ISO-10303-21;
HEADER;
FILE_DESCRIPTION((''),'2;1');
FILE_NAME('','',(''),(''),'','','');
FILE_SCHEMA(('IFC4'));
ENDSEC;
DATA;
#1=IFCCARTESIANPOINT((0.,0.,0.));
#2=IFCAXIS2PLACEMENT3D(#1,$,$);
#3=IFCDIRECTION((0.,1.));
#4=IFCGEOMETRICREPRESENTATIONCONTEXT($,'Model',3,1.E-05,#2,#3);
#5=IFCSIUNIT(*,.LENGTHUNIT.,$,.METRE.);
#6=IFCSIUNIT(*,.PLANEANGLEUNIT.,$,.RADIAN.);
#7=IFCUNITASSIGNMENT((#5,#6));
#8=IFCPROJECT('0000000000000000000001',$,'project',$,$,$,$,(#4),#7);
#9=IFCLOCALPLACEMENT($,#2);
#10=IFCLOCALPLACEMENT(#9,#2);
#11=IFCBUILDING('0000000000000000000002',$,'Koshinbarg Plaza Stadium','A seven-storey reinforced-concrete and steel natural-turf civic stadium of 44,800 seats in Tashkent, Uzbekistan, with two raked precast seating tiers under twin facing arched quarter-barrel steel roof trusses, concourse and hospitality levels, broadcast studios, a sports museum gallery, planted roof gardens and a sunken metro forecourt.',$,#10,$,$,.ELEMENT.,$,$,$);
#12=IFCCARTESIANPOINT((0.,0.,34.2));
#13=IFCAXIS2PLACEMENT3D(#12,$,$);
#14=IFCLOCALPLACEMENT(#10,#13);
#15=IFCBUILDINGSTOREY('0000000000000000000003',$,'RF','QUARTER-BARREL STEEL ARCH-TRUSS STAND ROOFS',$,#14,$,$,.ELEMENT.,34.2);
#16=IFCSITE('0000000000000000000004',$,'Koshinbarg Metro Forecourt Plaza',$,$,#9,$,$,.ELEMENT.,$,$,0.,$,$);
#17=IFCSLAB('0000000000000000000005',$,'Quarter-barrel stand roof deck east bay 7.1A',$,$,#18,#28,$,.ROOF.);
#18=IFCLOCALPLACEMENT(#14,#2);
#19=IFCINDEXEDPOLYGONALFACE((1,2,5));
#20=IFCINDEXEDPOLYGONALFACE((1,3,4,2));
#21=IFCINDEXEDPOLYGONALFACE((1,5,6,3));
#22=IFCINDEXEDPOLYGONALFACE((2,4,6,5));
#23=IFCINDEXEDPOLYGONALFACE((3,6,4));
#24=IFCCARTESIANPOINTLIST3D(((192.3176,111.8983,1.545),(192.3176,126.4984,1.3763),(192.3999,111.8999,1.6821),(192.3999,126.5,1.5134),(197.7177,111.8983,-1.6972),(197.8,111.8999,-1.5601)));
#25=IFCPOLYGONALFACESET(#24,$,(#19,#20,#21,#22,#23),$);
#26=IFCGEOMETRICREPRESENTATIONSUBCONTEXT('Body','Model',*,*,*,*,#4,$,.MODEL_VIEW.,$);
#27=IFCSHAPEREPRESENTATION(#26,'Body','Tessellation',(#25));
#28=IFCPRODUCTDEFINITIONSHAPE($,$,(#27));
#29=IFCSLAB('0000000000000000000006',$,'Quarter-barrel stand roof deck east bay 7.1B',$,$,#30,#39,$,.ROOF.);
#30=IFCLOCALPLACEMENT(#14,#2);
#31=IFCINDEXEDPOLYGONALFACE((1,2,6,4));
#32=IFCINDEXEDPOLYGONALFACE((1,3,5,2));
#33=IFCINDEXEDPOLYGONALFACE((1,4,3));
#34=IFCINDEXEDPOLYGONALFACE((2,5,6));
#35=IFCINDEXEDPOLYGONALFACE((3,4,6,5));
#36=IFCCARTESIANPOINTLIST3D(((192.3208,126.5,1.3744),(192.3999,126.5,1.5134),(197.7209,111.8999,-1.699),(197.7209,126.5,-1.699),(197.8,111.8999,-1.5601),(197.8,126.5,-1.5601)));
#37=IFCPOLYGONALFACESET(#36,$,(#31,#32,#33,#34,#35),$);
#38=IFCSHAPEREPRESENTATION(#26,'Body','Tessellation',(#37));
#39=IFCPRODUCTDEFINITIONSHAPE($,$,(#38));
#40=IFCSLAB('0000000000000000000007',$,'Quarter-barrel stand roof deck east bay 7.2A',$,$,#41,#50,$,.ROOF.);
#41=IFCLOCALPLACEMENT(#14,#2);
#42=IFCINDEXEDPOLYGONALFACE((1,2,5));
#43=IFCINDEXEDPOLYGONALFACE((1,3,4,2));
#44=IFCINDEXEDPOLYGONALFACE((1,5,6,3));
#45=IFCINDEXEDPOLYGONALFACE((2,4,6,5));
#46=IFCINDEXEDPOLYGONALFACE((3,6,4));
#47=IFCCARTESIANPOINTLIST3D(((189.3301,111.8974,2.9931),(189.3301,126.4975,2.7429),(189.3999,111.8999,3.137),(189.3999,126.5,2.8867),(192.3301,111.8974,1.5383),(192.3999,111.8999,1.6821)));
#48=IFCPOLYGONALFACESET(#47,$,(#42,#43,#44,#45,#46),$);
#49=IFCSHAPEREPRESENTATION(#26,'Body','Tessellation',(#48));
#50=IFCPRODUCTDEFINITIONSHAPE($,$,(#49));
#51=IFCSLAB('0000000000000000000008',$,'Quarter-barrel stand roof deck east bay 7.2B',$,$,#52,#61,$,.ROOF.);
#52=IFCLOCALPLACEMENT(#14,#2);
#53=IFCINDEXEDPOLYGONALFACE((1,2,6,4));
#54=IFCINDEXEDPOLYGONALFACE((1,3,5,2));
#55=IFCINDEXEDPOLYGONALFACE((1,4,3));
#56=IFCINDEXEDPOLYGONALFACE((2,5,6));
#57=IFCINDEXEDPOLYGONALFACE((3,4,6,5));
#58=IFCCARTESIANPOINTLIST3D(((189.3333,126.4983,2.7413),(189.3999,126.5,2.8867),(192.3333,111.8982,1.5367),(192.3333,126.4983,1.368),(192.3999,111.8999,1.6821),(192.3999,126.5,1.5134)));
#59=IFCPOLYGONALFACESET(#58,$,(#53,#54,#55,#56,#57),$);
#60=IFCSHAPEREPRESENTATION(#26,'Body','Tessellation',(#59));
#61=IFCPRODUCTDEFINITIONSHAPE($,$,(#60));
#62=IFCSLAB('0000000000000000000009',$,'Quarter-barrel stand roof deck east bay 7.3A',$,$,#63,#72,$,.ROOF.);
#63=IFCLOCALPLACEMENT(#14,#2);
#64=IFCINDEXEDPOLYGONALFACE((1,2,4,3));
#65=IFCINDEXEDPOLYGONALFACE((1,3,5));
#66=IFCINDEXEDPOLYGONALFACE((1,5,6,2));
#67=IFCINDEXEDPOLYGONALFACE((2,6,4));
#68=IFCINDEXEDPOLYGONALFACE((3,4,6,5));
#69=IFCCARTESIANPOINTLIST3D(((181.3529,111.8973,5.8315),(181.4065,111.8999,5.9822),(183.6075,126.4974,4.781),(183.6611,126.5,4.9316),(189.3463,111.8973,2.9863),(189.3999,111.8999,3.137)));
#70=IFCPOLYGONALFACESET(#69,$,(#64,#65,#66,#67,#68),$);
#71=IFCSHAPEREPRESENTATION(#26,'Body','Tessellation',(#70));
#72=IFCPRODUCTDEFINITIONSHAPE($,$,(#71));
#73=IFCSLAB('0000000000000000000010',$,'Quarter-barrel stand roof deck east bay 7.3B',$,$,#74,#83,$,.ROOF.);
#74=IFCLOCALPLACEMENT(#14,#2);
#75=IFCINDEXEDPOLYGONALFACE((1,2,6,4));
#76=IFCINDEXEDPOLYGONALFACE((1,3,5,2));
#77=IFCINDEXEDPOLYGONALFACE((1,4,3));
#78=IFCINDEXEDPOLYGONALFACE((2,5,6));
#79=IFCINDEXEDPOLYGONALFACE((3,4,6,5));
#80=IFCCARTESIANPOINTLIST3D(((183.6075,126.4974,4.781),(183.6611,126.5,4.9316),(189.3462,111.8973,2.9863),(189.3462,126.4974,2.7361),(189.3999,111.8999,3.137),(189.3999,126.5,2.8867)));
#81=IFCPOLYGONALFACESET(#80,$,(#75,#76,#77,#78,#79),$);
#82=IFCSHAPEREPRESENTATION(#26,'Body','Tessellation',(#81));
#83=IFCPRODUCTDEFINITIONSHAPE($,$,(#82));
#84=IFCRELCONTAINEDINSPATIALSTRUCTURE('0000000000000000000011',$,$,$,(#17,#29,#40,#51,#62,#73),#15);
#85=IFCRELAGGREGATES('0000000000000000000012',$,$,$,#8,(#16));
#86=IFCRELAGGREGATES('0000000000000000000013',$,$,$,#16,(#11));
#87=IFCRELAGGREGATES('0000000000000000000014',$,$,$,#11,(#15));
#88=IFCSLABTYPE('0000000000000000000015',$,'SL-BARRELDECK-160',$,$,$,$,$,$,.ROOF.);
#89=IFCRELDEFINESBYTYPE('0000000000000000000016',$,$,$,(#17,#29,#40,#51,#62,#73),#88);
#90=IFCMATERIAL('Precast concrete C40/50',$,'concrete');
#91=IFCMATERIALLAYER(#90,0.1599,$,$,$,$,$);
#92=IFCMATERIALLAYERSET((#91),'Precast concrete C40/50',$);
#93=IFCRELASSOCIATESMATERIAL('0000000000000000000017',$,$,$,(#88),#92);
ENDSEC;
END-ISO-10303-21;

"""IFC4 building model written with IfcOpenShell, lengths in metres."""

from ifc_helpers import new_model, si_unit, direction, frame, origin, place, context, subcontext, project, spatial, polyline, outline, extrude, material, layer, layer_set, type_object, element, save


model = new_model("IFC4")

# Units and contexts
model_context = context("Model", 3, precision=1e-05, world=origin(), true_north=direction((0.0, 1.0)))
body_context = subcontext(model_context, "Body", "Model", "MODEL_VIEW")
ifc_project = project(units=[si_unit("LENGTHUNIT", "METRE"), si_unit("PLANEANGLEUNIT", "RADIAN")], contexts=[model_context])

# Site, building, storey
site_placement = place(None, origin())
site = spatial("IfcSite", under=ifc_project, at=site_placement, Name="Koshinbarg Metro Forecourt Plaza", CompositionType="ELEMENT", RefElevation=0.0)
building_placement = place(site_placement, origin())
building = spatial("IfcBuilding", under=site, at=building_placement, Name="Koshinbarg Plaza Stadium", Description="A seven-storey reinforced-concrete and steel natural-turf civic stadium of 44,800 seats in Tashkent, Uzbekistan, with two raked precast seating tiers under twin facing arched quarter-barrel steel roof trusses, concourse and hospitality levels, broadcast studios, a sports museum gallery, planted roof gardens and a sunken metro forecourt.", CompositionType="ELEMENT")
storey_placement = place(building_placement, frame((0.0, 0.0, 34.2)))
storey = spatial("IfcBuildingStorey", under=building, at=storey_placement, Name="RF", Description="QUARTER-BARREL STEEL ARCH-TRUSS STAND ROOFS", CompositionType="ELEMENT", Elevation=34.2)

# Slabs
ifc_material_1 = material(Name="Precast concrete C40/50", Category="concrete")
ifc_layer_1 = layer(ifc_material_1, 0.1599)
ifc_layer_set_1 = layer_set([ifc_layer_1], Name="Precast concrete C40/50")
slab_type = type_object("IfcSlabType", Name="SL-BARRELDECK-160", PredefinedType="ROOF", material=ifc_layer_set_1)
slab_1_placement = place(storey_placement, frame((197.8, 111.8999, -1.5601), z_axis=(0.514716, 0.009906, 0.857304), x_axis=(-0.857346, 0.0, 0.514741)))
element("IfcSlab", 1, at=slab_1_placement, inside=storey, type_object=slab_type, Name="Quarter-barrel stand roof deck east bay 7.1A", PredefinedType="ROOF", context=body_context, shape_type="SweptSolid", body=[
    extrude(outline(polyline([(0.0, 0.0), (6.2987, 0.0), (6.2118, -14.6008), (0.0, 0.0)])), origin(), (0.0, 0.0, -1.0), 0.1599),
])
slab_2_placement = place(storey_placement, frame((197.8, 111.8999, -1.5601), z_axis=(0.494645, 0.0, 0.869095), x_axis=(-0.340332, 0.920138, 0.1937)))
element("IfcSlab", 2, at=slab_2_placement, inside=storey, type_object=slab_type, Name="Quarter-barrel stand roof deck east bay 7.1B", PredefinedType="ROOF", context=body_context, shape_type="SweptSolid", body=[
    extrude(outline(polyline([(0.0, 0.0), (15.8673, 0.0), (13.4341, -5.7173), (0.0, 0.0)])), origin(), (0.0, 0.0, -1.0), 0.1599),
])
slab_3_placement = place(storey_placement, frame((192.3999, 111.8999, 1.6821), z_axis=(0.436292, 0.01542, 0.899673), x_axis=(-0.89978, 0.0, 0.436344)))
element("IfcSlab", 3, at=slab_3_placement, inside=storey, type_object=slab_type, Name="Quarter-barrel stand roof deck east bay 7.2A", PredefinedType="ROOF", context=body_context, shape_type="SweptSolid", body=[
    extrude(outline(polyline([(0.0, 0.0), (3.3341, 0.0), (3.225, -14.6018), (0.0, 0.0)])), origin(), (0.0, 0.0, -1.0), 0.1599),
])
slab_4_placement = place(storey_placement, frame((192.3999, 111.8999, 1.6821), z_axis=(0.416204, 0.010506, 0.909211), x_axis=(-0.200619, 0.976352, 0.080555)))
element("IfcSlab", 4, at=slab_4_placement, inside=storey, type_object=slab_type, Name="Quarter-barrel stand roof deck east bay 7.2B", PredefinedType="ROOF", context=body_context, shape_type="SweptSolid", body=[
    extrude(outline(polyline([(0.0, 0.0), (14.9537, 0.0), (14.2412, -3.2215), (0.0, 0.0)])), origin(), (0.0, 0.0, -1.0), 0.1599),
])
slab_5_placement = place(storey_placement, frame((189.3999, 111.8999, 3.137), z_axis=(0.335293, 0.016001, 0.941978), x_axis=(-0.942099, 0.0, 0.335335)))
element("IfcSlab", 5, at=slab_5_placement, inside=storey, type_object=slab_type, Name="Quarter-barrel stand roof deck east bay 7.3A", PredefinedType="ROOF", context=body_context, shape_type="SweptSolid", body=[
    extrude(outline(polyline([(0.0, 0.0), (8.4847, 0.0), (6.0083, -14.602), (0.0, 0.0)])), origin(), (0.0, 0.0, -1.0), 0.1599),
])
slab_6_placement = place(storey_placement, frame((189.3999, 111.8999, 3.137), z_axis=(0.335617, 0.016143, 0.94186), x_axis=(-0.363448, 0.924655, 0.113661)))
element("IfcSlab", 6, at=slab_6_placement, inside=storey, type_object=slab_type, Name="Quarter-barrel stand roof deck east bay 7.3B", PredefinedType="ROOF", context=body_context, shape_type="SweptSolid", body=[
    extrude(outline(polyline([(0.0, 0.0), (15.7898, 0.0), (13.4716, -5.6339), (0.0, 0.0)])), origin(), (0.0, 0.0, -1.0), 0.1599),
])

save(model, "model.ifc")
